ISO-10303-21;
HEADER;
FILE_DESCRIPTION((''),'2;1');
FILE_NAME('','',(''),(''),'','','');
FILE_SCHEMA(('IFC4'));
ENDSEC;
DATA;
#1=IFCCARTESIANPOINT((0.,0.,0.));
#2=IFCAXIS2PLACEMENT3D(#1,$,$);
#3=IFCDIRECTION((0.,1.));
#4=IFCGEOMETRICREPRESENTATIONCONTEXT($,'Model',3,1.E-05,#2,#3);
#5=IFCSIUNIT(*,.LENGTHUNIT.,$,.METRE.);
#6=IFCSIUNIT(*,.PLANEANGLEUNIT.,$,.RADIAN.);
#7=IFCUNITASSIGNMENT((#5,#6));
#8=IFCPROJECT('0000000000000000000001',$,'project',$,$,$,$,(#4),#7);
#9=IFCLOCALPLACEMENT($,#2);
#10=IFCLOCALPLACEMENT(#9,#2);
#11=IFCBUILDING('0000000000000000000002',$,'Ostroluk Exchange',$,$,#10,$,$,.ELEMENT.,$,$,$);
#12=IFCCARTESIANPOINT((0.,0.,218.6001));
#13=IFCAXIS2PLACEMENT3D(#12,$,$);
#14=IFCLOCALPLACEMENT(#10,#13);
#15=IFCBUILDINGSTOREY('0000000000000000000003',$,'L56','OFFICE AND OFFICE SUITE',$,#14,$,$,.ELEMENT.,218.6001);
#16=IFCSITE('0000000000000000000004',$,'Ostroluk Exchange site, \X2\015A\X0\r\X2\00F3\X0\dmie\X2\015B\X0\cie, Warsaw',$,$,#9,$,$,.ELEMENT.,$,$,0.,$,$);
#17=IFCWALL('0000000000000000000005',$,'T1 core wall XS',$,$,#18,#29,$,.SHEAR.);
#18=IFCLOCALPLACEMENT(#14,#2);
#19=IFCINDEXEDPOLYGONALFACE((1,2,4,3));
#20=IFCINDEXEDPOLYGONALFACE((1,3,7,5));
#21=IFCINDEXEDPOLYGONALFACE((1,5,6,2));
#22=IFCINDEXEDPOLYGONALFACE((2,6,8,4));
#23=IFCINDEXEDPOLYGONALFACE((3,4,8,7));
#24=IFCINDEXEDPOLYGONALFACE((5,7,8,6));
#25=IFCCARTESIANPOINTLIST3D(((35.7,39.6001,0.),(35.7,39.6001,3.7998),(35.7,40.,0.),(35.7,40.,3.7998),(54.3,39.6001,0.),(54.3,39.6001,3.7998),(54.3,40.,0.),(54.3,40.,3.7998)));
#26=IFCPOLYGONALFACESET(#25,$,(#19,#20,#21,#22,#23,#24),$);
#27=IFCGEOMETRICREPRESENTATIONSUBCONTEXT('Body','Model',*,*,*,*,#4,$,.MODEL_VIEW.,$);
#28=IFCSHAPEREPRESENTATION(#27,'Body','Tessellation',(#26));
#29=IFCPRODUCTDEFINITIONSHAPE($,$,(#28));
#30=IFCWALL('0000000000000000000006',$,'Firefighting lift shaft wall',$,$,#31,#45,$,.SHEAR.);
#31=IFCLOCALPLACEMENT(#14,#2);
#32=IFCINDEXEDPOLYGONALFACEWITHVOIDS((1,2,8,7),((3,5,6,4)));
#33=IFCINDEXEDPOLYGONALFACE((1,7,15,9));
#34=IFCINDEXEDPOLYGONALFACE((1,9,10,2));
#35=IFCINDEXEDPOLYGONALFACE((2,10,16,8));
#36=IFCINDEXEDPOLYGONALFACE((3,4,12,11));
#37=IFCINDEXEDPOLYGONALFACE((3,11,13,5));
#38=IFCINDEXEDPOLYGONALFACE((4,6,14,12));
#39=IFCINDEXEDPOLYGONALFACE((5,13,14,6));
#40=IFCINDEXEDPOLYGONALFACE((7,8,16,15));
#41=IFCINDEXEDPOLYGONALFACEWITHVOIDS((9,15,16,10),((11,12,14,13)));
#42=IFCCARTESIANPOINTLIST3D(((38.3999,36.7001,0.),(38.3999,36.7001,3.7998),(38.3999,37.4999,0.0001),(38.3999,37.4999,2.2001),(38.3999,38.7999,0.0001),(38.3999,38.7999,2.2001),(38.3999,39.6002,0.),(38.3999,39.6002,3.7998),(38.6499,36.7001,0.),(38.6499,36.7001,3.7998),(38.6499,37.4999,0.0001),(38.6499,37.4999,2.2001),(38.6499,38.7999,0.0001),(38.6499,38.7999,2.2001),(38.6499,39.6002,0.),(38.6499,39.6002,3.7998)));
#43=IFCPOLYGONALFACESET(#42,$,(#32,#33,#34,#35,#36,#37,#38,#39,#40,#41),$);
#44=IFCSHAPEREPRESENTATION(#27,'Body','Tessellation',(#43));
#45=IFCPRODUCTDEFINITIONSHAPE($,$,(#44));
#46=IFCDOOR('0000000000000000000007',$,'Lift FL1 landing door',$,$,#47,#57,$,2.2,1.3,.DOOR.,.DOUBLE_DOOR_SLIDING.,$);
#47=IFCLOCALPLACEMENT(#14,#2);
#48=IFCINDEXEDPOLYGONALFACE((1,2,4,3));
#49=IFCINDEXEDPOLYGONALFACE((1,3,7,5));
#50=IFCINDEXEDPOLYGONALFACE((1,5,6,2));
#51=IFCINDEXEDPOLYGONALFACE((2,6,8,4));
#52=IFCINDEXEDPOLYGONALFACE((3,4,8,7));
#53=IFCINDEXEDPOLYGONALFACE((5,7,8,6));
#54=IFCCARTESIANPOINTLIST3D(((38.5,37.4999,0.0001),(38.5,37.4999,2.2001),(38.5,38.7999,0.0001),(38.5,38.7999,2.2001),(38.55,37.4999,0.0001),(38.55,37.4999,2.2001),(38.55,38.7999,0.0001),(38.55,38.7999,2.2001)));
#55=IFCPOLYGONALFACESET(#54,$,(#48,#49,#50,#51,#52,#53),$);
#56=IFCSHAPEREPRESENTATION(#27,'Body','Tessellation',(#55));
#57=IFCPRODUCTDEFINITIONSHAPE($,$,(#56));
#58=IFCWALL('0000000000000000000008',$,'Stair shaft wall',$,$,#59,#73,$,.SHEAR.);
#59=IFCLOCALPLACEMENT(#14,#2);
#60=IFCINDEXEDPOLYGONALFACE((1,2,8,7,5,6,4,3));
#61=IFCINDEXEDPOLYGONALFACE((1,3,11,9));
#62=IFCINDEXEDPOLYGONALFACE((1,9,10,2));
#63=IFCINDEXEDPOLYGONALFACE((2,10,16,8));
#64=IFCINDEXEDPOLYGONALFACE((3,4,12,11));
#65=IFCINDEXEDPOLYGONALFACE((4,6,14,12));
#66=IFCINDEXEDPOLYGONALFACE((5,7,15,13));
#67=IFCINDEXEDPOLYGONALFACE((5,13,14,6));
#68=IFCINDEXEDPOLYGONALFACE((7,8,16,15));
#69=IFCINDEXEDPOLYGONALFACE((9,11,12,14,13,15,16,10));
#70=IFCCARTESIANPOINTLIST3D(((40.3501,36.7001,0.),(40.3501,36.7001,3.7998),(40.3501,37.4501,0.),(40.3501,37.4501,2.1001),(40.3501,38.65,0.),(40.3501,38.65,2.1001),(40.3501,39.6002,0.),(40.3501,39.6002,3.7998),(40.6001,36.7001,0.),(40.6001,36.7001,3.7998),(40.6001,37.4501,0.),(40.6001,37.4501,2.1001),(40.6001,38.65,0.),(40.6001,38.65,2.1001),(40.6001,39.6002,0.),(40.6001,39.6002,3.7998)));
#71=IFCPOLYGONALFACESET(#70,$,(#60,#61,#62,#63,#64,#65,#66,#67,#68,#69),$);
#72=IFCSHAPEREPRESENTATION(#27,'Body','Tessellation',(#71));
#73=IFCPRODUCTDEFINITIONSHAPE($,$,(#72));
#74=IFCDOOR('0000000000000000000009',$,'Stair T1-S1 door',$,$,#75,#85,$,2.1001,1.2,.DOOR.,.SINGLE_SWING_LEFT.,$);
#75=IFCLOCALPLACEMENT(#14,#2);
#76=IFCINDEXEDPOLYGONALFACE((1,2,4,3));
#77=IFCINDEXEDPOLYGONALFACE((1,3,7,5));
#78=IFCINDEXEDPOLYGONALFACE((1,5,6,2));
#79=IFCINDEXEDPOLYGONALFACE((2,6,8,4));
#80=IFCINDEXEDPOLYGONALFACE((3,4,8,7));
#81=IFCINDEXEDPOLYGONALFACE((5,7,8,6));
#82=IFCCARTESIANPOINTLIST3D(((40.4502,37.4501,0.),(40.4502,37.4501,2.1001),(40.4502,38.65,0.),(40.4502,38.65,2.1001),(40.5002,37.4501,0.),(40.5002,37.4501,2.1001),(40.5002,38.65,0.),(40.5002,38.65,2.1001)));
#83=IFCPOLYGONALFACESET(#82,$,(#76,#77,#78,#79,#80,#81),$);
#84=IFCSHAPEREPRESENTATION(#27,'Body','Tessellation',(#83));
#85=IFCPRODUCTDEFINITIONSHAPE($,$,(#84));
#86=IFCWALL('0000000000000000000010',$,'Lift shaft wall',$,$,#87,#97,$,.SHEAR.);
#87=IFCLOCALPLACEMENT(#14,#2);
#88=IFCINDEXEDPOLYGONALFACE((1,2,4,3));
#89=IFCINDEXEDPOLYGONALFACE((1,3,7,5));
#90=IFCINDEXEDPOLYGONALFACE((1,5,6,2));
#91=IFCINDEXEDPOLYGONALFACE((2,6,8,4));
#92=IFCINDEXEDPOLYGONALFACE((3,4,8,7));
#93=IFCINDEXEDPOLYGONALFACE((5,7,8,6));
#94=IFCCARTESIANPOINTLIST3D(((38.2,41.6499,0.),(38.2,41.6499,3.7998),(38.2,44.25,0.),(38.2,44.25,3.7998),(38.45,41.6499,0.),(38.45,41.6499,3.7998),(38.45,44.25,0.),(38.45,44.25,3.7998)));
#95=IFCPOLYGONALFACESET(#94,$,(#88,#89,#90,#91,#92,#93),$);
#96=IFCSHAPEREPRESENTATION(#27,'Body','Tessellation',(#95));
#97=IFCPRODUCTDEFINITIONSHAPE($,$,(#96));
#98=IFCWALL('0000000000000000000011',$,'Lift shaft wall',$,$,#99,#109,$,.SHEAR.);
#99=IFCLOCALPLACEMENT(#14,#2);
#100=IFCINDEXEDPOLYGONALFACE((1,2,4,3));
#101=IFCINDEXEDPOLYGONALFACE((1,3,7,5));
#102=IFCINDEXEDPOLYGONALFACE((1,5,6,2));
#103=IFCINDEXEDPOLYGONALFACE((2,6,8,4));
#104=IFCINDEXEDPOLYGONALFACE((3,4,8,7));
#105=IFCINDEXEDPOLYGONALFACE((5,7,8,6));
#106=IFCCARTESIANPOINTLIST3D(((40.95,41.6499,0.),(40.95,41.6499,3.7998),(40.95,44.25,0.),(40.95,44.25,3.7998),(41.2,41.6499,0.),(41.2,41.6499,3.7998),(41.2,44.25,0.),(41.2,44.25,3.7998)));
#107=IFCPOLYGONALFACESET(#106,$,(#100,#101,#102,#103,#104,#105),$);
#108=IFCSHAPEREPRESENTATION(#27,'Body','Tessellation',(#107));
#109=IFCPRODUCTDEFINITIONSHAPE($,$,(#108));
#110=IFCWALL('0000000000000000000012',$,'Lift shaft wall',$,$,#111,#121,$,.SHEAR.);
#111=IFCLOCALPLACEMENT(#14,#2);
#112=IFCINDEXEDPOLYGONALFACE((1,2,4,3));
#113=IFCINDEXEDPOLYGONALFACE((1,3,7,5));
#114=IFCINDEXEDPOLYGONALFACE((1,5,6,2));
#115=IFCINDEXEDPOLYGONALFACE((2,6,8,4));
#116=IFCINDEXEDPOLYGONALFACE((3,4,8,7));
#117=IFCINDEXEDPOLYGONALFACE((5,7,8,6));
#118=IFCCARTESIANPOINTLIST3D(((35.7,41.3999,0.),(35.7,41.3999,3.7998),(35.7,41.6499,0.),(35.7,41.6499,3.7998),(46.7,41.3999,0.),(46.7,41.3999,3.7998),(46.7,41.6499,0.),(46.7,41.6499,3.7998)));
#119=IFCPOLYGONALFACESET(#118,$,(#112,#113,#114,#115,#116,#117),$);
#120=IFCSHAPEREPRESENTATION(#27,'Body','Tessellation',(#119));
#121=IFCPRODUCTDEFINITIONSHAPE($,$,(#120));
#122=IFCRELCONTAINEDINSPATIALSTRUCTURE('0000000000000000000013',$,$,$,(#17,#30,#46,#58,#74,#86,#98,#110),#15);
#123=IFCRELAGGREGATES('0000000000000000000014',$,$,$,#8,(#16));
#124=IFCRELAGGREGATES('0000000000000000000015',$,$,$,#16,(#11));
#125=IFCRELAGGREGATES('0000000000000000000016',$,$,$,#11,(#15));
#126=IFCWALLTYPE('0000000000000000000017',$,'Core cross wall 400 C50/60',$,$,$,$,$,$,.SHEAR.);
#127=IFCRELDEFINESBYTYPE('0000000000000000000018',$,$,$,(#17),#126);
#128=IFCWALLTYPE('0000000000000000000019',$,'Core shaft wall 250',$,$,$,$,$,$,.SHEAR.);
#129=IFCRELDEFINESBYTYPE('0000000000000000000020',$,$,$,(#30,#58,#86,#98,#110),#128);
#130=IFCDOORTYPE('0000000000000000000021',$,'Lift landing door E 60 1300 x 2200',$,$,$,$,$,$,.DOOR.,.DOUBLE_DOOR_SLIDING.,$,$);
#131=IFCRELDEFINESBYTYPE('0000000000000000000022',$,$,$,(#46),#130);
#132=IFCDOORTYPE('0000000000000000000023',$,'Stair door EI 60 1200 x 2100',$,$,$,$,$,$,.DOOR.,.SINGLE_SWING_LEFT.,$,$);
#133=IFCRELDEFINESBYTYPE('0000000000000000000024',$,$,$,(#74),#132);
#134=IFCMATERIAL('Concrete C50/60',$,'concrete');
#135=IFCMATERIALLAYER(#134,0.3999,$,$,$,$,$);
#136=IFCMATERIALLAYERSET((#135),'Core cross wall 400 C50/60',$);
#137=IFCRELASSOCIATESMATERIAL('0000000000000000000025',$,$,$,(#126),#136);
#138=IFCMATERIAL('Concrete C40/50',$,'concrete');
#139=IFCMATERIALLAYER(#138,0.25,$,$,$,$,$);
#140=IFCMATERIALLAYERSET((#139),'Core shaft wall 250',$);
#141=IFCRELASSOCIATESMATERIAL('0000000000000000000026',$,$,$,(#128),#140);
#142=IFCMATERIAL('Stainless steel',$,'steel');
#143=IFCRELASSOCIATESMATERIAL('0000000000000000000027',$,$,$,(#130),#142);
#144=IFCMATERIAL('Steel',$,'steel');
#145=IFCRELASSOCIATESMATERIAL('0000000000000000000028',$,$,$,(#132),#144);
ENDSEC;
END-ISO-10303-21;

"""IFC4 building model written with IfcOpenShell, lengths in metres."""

from ifc_helpers import new_model, si_unit, direction, frame, frame_2d, origin, place, context, subcontext, project, spatial, rectangle, extrude, material, layer, layer_set, type_object, element, fill, save


model = new_model("IFC4")

# Units and contexts
model_context = context("Model", 3, precision=1e-05, world=origin(), true_north=direction((0.0, 1.0)))
body_context = subcontext(model_context, "Body", "Model", "MODEL_VIEW")
ifc_project = project(units=[si_unit("LENGTHUNIT", "METRE"), si_unit("PLANEANGLEUNIT", "RADIAN")], contexts=[model_context])

# Site, building, storey
site_placement = place(None, origin())
site = spatial("IfcSite", under=ifc_project, at=site_placement, Name="Ostroluk Exchange site, Śródmieście, Warsaw", CompositionType="ELEMENT", RefElevation=0.0)
building_placement = place(site_placement, origin())
building = spatial("IfcBuilding", under=site, at=building_placement, Name="Ostroluk Exchange", CompositionType="ELEMENT")
storey_placement = place(building_placement, frame((0.0, 0.0, 218.6001)))
storey = spatial("IfcBuildingStorey", under=building, at=storey_placement, Name="L56", Description="OFFICE AND OFFICE SUITE", CompositionType="ELEMENT", Elevation=218.6001)

# Wall
ifc_material_1 = material(Name="Concrete C50/60", Category="concrete")
ifc_layer_1 = layer(ifc_material_1, 0.3999)
ifc_layer_set_1 = layer_set([ifc_layer_1], Name="Core cross wall 400 C50/60")
wall_type_1 = type_object("IfcWallType", Name="Core cross wall 400 C50/60", PredefinedType="SHEAR", material=ifc_layer_set_1)
wall_1_placement = place(storey_placement, frame((35.7, 39.8, 0.0), z_axis=(0.0, 0.0, 1.0), x_axis=(1.0, 0.0, 0.0)))
element("IfcWall", 1, at=wall_1_placement, inside=storey, type_object=wall_type_1, Name="T1 core wall XS", PredefinedType="SHEAR", context=body_context, shape_type="SweptSolid", body=[
    extrude(rectangle(XDim=18.6001, YDim=0.3999, at=frame_2d((9.3, 0.0))), origin(), (0.0, 0.0, 1.0), 3.7998),
])

# Walls, openings, doors
ifc_material_2 = material(Name="Concrete C40/50", Category="concrete")
ifc_layer_2 = layer(ifc_material_2, 0.25)
ifc_layer_set_2 = layer_set([ifc_layer_2], Name="Core shaft wall 250")
wall_type_2 = type_object("IfcWallType", Name="Core shaft wall 250", PredefinedType="SHEAR", material=ifc_layer_set_2)
wall_2_placement = place(storey_placement, frame((38.5249, 36.7, 0.0), z_axis=(0.0, 0.0, 1.0), x_axis=(0.0, 1.0, 0.0)))
wall_2 = element("IfcWall", 2, at=wall_2_placement, inside=storey, type_object=wall_type_2, Name="Firefighting lift shaft wall", PredefinedType="SHEAR", context=body_context, shape_type="SweptSolid", body=[
    extrude(rectangle(XDim=2.9001, YDim=0.25, at=frame_2d((1.4502, 0.0))), origin(), (0.0, 0.0, 1.0), 3.7998),
])
opening_1_placement = place(wall_2_placement, frame((0.8, 0.0, 0.0)))
opening_1 = element("IfcOpeningElement", 3, at=opening_1_placement, cuts=wall_2, PredefinedType="OPENING", context=body_context, shape_type="SweptSolid", body=[
    extrude(rectangle(XDim=1.3, YDim=2.2, at=frame_2d((0.6499, 1.1001))), frame((0.0, 0.135, 0.0), z_axis=(0.0, -1.0, 0.0), x_axis=(1.0, 0.0, 0.0)), (0.0, 0.0, 1.0), 0.27),
])
ifc_material_3 = material(Name="Stainless steel", Category="steel")
door_type_1 = type_object("IfcDoorType", Name="Lift landing door E 60 1300 x 2200", OperationType="DOUBLE_DOOR_SLIDING", PredefinedType="DOOR", material=ifc_material_3)
door_1_placement = place(opening_1_placement, origin())
door_1 = element("IfcDoor", 4, at=door_1_placement, inside=storey, type_object=door_type_1, Name="Lift FL1 landing door", OperationType="DOUBLE_DOOR_SLIDING", OverallHeight=2.2, OverallWidth=1.3, PredefinedType="DOOR", context=body_context, shape_type="SweptSolid", body=[
    extrude(rectangle(XDim=1.3, YDim=2.2, at=frame_2d((0.6499, 1.1001))), frame((0.0, 0.0249, 0.0), z_axis=(0.0, -1.0, 0.0), x_axis=(1.0, 0.0, 0.0)), (0.0, 0.0, 1.0), 0.05),
])
fill(opening_1, door_1)
wall_3_placement = place(storey_placement, frame((40.4751, 36.7, 0.0), z_axis=(0.0, 0.0, 1.0), x_axis=(0.0, 1.0, 0.0)))
wall_3 = element("IfcWall", 5, at=wall_3_placement, inside=storey, type_object=wall_type_2, Name="Stair shaft wall", PredefinedType="SHEAR", context=body_context, shape_type="SweptSolid", body=[
    extrude(rectangle(XDim=2.9001, YDim=0.25, at=frame_2d((1.4502, 0.0))), origin(), (0.0, 0.0, 1.0), 3.7998),
])
opening_2_placement = place(wall_3_placement, frame((0.75, 0.0, 0.0)))
opening_2 = element("IfcOpeningElement", 6, at=opening_2_placement, cuts=wall_3, PredefinedType="OPENING", context=body_context, shape_type="SweptSolid", body=[
    extrude(rectangle(XDim=1.2, YDim=2.1001, at=frame_2d((0.6001, 1.05))), frame((0.0, 0.135, 0.0), z_axis=(0.0, -1.0, 0.0), x_axis=(1.0, 0.0, 0.0)), (0.0, 0.0, 1.0), 0.27),
])
ifc_material_4 = material(Name="Steel", Category="steel")
door_type_2 = type_object("IfcDoorType", Name="Stair door EI 60 1200 x 2100", OperationType="SINGLE_SWING_LEFT", PredefinedType="DOOR", material=ifc_material_4)
door_2_placement = place(opening_2_placement, origin())
door_2 = element("IfcDoor", 7, at=door_2_placement, inside=storey, type_object=door_type_2, Name="Stair T1-S1 door", OperationType="SINGLE_SWING_LEFT", OverallHeight=2.1001, OverallWidth=1.2, PredefinedType="DOOR", context=body_context, shape_type="SweptSolid", body=[
    extrude(rectangle(XDim=1.2, YDim=2.1001, at=frame_2d((0.6001, 1.05))), frame((0.0, 0.0249, 0.0), z_axis=(0.0, -1.0, 0.0), x_axis=(1.0, 0.0, 0.0)), (0.0, 0.0, 1.0), 0.05),
])
fill(opening_2, door_2)

# Walls
for number, where, z_axis, x_axis, name in (
    (8, (38.325, 44.25, 0.0), (0.0, 0.0, 1.0), (0.0, -1.0, 0.0), "Lift shaft wall"),
    (9, (41.075, 44.25, 0.0), (0.0, 0.0, 1.0), (0.0, -1.0, 0.0), "Lift shaft wall"),
):
    element("IfcWall", number, at=place(storey_placement, frame(where, z_axis=z_axis, x_axis=x_axis)), inside=storey, type_object=wall_type_2, Name=name, PredefinedType="SHEAR", context=body_context, shape_type="SweptSolid", body=[
        extrude(rectangle(XDim=2.6001, YDim=0.25, at=frame_2d((1.3, 0.0))), origin(), (0.0, 0.0, 1.0), 3.7998),
    ])
wall_4_placement = place(storey_placement, frame((35.7, 41.5249, 0.0), z_axis=(0.0, 0.0, 1.0), x_axis=(1.0, 0.0, 0.0)))
element("IfcWall", 10, at=wall_4_placement, inside=storey, type_object=wall_type_2, Name="Lift shaft wall", PredefinedType="SHEAR", context=body_context, shape_type="SweptSolid", body=[
    extrude(rectangle(XDim=11.0, YDim=0.25, at=frame_2d((5.5, 0.0))), origin(), (0.0, 0.0, 1.0), 3.7998),
])

save(model, "model.ifc")
